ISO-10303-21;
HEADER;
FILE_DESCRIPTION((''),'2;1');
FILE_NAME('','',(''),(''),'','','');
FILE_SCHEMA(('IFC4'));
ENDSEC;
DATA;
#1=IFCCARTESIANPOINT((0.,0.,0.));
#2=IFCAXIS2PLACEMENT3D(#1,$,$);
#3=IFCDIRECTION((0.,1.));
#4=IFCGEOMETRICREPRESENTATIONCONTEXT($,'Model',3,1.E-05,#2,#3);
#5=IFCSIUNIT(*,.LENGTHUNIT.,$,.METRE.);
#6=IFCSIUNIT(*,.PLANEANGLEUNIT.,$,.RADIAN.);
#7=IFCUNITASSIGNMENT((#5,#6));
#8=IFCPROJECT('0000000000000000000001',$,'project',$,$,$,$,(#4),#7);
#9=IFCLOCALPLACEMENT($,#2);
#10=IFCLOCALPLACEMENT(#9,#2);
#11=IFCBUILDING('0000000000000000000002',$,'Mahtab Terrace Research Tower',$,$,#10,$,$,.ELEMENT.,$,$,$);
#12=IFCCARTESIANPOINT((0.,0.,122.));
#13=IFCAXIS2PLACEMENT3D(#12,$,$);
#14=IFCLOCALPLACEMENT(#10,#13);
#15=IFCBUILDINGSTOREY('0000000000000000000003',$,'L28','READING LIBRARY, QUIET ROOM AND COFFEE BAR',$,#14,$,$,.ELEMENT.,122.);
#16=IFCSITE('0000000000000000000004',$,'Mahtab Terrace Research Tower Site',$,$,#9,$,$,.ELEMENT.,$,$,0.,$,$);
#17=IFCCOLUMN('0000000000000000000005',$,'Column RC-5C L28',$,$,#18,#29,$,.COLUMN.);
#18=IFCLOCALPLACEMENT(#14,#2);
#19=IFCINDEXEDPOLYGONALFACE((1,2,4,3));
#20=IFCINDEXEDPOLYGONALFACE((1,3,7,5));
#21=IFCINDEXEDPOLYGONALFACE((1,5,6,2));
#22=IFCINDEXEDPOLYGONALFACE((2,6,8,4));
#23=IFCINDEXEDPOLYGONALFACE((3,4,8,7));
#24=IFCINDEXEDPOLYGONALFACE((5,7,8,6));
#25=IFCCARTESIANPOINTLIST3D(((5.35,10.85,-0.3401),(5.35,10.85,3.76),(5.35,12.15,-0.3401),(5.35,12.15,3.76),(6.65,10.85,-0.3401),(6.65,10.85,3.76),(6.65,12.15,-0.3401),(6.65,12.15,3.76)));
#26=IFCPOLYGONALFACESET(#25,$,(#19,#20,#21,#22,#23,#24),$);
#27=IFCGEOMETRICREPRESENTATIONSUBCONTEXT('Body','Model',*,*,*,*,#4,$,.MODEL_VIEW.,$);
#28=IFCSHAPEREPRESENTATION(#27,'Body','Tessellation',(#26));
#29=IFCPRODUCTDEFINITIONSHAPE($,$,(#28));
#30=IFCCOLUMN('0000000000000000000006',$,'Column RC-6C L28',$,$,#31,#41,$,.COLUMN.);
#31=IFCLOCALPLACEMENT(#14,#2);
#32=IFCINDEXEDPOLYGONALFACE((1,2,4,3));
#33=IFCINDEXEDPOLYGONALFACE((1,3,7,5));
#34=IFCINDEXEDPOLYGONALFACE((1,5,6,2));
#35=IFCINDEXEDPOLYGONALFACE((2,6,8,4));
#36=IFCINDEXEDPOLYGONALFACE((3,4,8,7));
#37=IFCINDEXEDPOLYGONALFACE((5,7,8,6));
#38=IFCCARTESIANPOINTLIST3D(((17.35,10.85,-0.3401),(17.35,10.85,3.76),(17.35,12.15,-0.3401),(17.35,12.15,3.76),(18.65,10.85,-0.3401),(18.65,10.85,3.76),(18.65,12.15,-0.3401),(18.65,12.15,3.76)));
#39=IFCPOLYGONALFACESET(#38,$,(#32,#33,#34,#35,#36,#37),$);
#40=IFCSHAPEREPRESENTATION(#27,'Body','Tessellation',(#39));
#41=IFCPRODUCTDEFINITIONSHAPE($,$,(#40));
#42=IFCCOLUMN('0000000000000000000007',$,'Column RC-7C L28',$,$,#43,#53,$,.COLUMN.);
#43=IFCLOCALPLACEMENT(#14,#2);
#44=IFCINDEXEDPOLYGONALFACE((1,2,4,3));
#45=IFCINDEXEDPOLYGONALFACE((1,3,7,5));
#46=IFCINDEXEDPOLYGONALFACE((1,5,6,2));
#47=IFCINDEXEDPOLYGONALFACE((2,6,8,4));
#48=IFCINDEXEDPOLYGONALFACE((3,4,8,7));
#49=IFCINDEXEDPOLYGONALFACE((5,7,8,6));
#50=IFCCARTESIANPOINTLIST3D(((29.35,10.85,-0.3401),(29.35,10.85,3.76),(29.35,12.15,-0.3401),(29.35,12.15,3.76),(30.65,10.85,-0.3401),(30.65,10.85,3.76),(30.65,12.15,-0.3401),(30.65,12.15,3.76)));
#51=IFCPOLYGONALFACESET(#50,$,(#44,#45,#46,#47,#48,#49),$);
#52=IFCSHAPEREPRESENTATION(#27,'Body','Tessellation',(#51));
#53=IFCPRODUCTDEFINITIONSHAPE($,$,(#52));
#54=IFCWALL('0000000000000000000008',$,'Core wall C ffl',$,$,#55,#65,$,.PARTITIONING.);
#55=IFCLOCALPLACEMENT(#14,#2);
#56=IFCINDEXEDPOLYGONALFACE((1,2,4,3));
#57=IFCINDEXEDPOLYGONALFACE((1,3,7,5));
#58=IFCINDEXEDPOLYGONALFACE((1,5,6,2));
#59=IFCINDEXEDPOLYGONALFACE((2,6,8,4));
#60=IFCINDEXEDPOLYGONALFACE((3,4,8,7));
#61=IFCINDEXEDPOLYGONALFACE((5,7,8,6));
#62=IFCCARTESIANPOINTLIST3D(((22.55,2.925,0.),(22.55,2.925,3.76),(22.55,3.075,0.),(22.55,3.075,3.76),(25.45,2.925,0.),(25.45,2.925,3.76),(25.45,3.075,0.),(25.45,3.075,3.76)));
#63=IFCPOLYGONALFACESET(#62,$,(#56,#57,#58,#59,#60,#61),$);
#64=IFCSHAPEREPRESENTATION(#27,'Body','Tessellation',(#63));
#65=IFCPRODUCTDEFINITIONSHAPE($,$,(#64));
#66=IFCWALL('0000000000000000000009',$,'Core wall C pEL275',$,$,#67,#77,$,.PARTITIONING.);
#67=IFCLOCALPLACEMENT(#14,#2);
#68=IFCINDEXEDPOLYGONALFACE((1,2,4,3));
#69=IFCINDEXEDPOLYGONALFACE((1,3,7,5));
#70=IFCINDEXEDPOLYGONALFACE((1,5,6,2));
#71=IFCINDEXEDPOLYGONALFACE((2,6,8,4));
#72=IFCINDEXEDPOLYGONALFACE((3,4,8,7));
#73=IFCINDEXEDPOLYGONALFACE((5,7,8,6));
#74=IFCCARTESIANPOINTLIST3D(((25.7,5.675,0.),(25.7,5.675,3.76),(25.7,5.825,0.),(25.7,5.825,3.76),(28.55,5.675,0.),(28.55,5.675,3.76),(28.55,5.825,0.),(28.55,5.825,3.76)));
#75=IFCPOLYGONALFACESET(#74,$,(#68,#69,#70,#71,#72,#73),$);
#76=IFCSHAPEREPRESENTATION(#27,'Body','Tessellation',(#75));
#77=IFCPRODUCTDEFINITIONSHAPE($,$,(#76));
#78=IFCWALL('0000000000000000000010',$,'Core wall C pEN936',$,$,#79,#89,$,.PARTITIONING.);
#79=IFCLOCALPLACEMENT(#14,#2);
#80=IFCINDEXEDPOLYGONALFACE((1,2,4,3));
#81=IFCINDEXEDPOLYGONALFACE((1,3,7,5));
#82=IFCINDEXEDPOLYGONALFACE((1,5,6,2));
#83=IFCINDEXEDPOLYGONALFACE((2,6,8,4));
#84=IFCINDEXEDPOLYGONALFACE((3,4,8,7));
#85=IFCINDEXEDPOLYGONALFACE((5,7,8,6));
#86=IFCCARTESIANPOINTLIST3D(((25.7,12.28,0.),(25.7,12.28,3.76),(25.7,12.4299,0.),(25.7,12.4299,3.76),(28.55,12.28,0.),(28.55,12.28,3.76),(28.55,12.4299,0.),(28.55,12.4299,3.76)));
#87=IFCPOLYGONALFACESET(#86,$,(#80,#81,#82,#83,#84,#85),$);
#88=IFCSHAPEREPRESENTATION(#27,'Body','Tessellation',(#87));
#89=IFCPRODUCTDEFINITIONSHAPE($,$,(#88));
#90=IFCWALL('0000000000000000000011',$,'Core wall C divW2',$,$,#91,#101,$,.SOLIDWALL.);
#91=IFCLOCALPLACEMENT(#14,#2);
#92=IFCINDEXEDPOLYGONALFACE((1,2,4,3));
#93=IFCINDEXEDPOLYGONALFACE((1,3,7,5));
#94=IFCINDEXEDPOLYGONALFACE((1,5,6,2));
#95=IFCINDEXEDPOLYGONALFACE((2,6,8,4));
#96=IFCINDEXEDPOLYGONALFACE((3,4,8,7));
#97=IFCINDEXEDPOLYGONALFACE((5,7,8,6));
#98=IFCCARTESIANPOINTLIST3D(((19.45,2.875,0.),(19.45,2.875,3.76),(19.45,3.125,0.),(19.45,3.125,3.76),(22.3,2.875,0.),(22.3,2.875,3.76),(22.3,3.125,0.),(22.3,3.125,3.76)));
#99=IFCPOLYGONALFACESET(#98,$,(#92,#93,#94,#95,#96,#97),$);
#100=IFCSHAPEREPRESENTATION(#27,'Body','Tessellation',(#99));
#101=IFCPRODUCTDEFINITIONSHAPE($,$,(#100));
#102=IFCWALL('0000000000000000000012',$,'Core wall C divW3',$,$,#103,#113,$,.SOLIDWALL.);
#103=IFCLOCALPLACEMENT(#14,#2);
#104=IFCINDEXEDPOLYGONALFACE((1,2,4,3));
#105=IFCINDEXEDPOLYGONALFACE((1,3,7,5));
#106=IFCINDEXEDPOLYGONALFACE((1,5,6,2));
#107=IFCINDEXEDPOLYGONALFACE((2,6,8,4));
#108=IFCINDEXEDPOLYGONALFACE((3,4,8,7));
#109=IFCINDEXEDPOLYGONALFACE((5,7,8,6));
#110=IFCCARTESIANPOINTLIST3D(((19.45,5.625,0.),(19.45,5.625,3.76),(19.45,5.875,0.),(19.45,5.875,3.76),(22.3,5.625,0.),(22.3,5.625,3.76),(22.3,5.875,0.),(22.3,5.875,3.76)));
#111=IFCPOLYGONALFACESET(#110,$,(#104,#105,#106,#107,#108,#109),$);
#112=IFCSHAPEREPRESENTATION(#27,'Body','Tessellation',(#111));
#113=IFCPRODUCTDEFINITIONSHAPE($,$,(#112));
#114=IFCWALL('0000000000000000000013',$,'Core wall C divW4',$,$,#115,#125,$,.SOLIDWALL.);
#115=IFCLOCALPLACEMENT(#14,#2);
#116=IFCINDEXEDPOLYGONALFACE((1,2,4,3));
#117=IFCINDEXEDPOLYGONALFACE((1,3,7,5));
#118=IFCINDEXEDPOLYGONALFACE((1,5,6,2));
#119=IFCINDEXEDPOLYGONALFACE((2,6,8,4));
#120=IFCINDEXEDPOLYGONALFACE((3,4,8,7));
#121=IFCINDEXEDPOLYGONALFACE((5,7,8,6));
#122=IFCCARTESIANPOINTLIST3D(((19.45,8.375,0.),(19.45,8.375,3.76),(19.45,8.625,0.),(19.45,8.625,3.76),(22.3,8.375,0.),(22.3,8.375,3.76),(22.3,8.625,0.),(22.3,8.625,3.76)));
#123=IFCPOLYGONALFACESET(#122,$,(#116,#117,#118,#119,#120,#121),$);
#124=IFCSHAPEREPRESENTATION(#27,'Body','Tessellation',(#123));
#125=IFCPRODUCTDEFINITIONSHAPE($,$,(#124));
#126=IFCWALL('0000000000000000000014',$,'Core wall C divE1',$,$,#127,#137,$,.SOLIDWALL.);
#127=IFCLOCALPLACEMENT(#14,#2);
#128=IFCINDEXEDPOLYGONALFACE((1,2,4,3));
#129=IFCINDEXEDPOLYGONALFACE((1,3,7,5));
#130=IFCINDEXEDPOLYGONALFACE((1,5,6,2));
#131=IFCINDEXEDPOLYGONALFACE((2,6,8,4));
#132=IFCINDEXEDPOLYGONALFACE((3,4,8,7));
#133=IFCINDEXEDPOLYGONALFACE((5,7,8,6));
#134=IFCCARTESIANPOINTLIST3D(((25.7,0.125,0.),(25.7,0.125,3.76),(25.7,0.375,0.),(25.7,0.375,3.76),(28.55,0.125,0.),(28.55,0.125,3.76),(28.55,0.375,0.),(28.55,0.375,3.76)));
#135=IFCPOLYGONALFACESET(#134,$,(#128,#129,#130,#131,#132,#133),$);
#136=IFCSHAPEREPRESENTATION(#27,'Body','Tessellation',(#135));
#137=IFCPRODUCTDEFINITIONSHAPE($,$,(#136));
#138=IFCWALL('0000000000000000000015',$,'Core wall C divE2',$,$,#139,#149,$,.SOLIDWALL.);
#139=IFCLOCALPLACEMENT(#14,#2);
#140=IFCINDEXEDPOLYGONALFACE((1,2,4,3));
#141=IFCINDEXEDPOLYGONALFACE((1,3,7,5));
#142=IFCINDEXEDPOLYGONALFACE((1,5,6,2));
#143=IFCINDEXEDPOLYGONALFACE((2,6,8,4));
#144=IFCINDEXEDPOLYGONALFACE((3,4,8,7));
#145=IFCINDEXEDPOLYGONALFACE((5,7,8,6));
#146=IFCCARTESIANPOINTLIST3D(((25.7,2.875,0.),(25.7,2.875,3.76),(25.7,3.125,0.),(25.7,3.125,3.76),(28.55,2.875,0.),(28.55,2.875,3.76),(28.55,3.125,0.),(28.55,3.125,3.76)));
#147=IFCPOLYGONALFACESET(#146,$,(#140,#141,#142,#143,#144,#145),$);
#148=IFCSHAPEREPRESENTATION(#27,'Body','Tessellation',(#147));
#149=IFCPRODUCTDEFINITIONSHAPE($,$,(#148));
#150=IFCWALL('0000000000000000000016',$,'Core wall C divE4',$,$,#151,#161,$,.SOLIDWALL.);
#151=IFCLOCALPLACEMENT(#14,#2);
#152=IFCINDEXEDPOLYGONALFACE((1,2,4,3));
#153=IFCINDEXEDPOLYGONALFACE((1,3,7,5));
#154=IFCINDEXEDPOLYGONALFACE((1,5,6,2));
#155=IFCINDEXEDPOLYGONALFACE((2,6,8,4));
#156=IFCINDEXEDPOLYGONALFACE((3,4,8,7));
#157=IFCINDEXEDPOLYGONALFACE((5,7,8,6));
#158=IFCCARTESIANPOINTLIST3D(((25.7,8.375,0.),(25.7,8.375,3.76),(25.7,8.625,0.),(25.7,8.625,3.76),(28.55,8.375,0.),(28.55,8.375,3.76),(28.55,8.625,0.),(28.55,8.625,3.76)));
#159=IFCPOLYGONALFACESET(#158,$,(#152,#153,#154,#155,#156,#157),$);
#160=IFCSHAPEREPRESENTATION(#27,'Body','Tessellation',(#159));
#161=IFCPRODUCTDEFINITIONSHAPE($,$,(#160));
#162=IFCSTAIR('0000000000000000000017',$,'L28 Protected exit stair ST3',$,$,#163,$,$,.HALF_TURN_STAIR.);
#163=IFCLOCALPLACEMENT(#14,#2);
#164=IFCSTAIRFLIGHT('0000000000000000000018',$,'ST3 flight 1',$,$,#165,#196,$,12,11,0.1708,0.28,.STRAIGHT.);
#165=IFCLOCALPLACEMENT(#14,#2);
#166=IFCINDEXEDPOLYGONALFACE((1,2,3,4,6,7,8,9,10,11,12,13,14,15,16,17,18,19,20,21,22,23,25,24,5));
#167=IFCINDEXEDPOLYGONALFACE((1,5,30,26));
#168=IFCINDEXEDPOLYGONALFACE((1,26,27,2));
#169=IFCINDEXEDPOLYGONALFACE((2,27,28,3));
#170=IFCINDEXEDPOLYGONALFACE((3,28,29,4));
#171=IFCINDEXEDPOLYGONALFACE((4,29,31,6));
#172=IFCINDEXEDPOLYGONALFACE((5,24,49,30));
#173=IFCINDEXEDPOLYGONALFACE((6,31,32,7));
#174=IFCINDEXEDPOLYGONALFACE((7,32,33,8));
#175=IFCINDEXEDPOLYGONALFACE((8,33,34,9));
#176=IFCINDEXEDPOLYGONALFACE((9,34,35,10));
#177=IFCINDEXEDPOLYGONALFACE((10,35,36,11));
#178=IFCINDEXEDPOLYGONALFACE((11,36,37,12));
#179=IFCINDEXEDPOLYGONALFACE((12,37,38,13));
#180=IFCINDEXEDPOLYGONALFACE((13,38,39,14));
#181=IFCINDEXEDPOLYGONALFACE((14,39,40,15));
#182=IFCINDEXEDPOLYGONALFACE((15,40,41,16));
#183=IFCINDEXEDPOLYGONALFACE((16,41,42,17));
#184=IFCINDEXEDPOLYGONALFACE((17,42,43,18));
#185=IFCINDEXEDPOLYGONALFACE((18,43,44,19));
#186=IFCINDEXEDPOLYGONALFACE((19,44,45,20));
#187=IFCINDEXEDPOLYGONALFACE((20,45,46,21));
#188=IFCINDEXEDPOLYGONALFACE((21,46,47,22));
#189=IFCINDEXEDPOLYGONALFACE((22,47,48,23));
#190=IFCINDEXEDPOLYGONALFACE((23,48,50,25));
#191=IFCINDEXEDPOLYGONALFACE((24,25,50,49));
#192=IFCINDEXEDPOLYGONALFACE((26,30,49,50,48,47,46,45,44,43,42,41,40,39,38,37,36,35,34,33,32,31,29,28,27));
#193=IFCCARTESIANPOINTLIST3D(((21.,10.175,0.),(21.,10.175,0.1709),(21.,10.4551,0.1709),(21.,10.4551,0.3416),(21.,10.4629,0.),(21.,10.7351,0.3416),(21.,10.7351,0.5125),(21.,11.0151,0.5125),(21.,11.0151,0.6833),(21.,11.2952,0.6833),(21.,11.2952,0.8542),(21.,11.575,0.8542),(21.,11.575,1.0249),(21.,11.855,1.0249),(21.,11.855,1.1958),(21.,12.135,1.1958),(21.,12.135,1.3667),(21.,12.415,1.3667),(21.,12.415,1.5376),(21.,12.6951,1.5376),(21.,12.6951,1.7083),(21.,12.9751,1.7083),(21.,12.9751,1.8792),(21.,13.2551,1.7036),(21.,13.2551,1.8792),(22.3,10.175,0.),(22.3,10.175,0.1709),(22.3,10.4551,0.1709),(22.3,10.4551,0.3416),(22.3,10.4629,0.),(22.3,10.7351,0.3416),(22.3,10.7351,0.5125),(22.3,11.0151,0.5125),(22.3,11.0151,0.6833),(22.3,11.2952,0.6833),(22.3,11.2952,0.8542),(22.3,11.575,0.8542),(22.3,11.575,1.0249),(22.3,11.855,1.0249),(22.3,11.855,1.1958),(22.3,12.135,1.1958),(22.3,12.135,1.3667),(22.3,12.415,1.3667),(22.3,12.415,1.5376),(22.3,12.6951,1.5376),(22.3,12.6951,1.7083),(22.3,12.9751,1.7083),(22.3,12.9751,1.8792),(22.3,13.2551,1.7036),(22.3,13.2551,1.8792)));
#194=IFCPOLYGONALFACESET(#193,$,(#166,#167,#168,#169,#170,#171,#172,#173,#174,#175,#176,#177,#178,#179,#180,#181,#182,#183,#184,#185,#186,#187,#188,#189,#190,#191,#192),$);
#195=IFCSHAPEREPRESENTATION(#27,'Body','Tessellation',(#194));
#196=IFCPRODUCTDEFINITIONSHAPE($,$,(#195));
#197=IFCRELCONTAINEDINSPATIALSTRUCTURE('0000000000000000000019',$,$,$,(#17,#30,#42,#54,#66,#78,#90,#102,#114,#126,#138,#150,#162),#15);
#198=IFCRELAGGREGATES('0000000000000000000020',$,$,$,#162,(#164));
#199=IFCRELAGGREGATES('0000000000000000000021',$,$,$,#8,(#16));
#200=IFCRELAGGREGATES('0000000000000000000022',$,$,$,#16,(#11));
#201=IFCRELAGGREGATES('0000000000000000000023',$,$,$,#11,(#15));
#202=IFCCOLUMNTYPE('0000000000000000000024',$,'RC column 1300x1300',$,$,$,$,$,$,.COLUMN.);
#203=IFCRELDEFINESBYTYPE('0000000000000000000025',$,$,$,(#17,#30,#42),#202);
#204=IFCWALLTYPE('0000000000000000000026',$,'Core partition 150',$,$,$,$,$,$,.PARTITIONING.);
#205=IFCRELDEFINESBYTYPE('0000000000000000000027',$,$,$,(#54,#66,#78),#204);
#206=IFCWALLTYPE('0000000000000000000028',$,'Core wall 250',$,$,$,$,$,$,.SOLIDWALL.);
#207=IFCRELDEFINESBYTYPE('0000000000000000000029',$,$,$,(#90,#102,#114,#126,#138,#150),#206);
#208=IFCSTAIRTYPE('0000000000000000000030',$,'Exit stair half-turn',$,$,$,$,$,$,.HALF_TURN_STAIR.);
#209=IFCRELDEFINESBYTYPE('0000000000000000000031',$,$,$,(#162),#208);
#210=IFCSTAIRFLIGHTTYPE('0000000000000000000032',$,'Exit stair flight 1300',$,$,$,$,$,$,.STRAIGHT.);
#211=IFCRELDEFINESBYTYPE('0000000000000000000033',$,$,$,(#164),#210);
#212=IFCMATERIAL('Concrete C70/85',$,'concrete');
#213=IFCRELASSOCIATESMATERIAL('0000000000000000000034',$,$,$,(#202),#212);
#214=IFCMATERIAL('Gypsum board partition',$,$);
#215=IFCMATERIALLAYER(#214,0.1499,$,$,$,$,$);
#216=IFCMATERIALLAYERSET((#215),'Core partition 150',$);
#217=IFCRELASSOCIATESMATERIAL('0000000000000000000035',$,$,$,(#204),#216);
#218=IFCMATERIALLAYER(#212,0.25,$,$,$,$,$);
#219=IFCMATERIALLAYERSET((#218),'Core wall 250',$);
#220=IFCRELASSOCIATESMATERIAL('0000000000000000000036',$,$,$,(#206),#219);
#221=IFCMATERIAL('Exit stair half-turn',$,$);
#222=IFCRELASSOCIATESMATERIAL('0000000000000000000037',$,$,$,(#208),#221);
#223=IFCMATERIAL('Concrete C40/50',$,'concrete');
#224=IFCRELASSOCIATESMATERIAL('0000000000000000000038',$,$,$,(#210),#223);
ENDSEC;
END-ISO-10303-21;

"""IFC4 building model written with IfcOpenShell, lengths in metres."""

from ifc_helpers import new_model, si_unit, direction, frame, frame_2d, origin, origin_2d, place, context, subcontext, project, spatial, polyline, rectangle, outline, extrude, material, layer, layer_set, material_profile, profile_set, type_object, element, aggregate, save


model = new_model("IFC4")

# Units and contexts
model_context = context("Model", 3, precision=1e-05, world=origin(), true_north=direction((0.0, 1.0)))
body_context = subcontext(model_context, "Body", "Model", "MODEL_VIEW")
ifc_project = project(units=[si_unit("LENGTHUNIT", "METRE"), si_unit("PLANEANGLEUNIT", "RADIAN")], contexts=[model_context])

# Site, building, storey
site_placement = place(None, origin())
site = spatial("IfcSite", under=ifc_project, at=site_placement, Name="Mahtab Terrace Research Tower Site", CompositionType="ELEMENT", RefElevation=0.0)
building_placement = place(site_placement, origin())
building = spatial("IfcBuilding", under=site, at=building_placement, Name="Mahtab Terrace Research Tower", CompositionType="ELEMENT")
storey_placement = place(building_placement, frame((0.0, 0.0, 122.0)))
storey = spatial("IfcBuildingStorey", under=building, at=storey_placement, Name="L28", Description="READING LIBRARY, QUIET ROOM AND COFFEE BAR", CompositionType="ELEMENT", Elevation=122.0)

# Columns
ifc_material_1 = material(Name="Concrete C70/85", Category="concrete")
ifc_material_profile = material_profile(ifc_material_1, rectangle(XDim=1.3, YDim=1.3, at=origin_2d()), Name="RC column 1300x1300")
ifc_profile_set = profile_set([ifc_material_profile], Name="Concrete C70/85")
column_type = type_object("IfcColumnType", Name="RC column 1300x1300", PredefinedType="COLUMN", material=ifc_profile_set)
for number, where, z_axis, x_axis, name in (
    (1, (6.0, 11.5, -0.3401), (0.0, 0.0, 1.0), (1.0, 0.0, 0.0), "Column RC-5C L28"),
    (2, (18.0, 11.5, -0.3401), (0.0, 0.0, 1.0), (1.0, 0.0, 0.0), "Column RC-6C L28"),
    (3, (30.0, 11.5, -0.3401), (0.0, 0.0, 1.0), (1.0, 0.0, 0.0), "Column RC-7C L28"),
):
    element("IfcColumn", number, at=place(storey_placement, frame(where, z_axis=z_axis, x_axis=x_axis)), inside=storey, type_object=column_type, Name=name, PredefinedType="COLUMN", context=body_context, shape_type="SweptSolid", body=[
        extrude(rectangle(XDim=1.3, YDim=1.3, at=origin_2d()), origin(), (0.0, 0.0, 1.0), 4.1001),
    ])

# Walls
ifc_material_2 = material(Name="Gypsum board partition")
ifc_layer_1 = layer(ifc_material_2, 0.1499)
ifc_layer_set_1 = layer_set([ifc_layer_1], Name="Core partition 150")
wall_type_1 = type_object("IfcWallType", Name="Core partition 150", PredefinedType="PARTITIONING", material=ifc_layer_set_1)
wall_placement = place(storey_placement, frame((22.55, 3.0, 0.0), z_axis=(0.0, 0.0, 1.0), x_axis=(1.0, 0.0, 0.0)))
element("IfcWall", 4, at=wall_placement, inside=storey, type_object=wall_type_1, Name="Core wall C ffl", PredefinedType="PARTITIONING", context=body_context, shape_type="SweptSolid", body=[
    extrude(rectangle(XDim=2.8999, YDim=0.1499, at=frame_2d((1.45, 0.0))), origin(), (0.0, 0.0, 1.0), 3.76),
])
for number, where, z_axis, x_axis, name in (
    (5, (25.7, 5.75, 0.0), (0.0, 0.0, 1.0), (1.0, 0.0, 0.0), "Core wall C pEL275"),
    (6, (25.7, 12.355, 0.0), (0.0, 0.0, 1.0), (1.0, 0.0, 0.0), "Core wall C pEN936"),
):
    element("IfcWall", number, at=place(storey_placement, frame(where, z_axis=z_axis, x_axis=x_axis)), inside=storey, type_object=wall_type_1, Name=name, PredefinedType="PARTITIONING", context=body_context, shape_type="SweptSolid", body=[
        extrude(rectangle(XDim=2.8501, YDim=0.1499, at=frame_2d((1.425, 0.0))), origin(), (0.0, 0.0, 1.0), 3.76),
    ])
ifc_layer_2 = layer(ifc_material_1, 0.25)
ifc_layer_set_2 = layer_set([ifc_layer_2], Name="Core wall 250")
wall_type_2 = type_object("IfcWallType", Name="Core wall 250", PredefinedType="SOLIDWALL", material=ifc_layer_set_2)
for number, where, z_axis, x_axis, name in (
    (7, (19.45, 3.0, 0.0), (0.0, 0.0, 1.0), (1.0, 0.0, 0.0), "Core wall C divW2"),
    (8, (19.45, 5.75, 0.0), (0.0, 0.0, 1.0), (1.0, 0.0, 0.0), "Core wall C divW3"),
    (9, (19.45, 8.5, 0.0), (0.0, 0.0, 1.0), (1.0, 0.0, 0.0), "Core wall C divW4"),
    (10, (25.7, 0.25, 0.0), (0.0, 0.0, 1.0), (1.0, 0.0, 0.0), "Core wall C divE1"),
    (11, (25.7, 3.0, 0.0), (0.0, 0.0, 1.0), (1.0, 0.0, 0.0), "Core wall C divE2"),
    (12, (25.7, 8.5, 0.0), (0.0, 0.0, 1.0), (1.0, 0.0, 0.0), "Core wall C divE4"),
):
    element("IfcWall", number, at=place(storey_placement, frame(where, z_axis=z_axis, x_axis=x_axis)), inside=storey, type_object=wall_type_2, Name=name, PredefinedType="SOLIDWALL", context=body_context, shape_type="SweptSolid", body=[
        extrude(rectangle(XDim=2.8501, YDim=0.25, at=frame_2d((1.425, 0.0))), origin(), (0.0, 0.0, 1.0), 3.76),
    ])

# Stair, stair flight
ifc_material_3 = material(Name="Exit stair half-turn")
stair_type = type_object("IfcStairType", Name="Exit stair half-turn", PredefinedType="HALF_TURN_STAIR", material=ifc_material_3)
stair_placement = place(storey_placement, origin())
stair = element("IfcStair", 13, at=stair_placement, inside=storey, type_object=stair_type, Name="L28 Protected exit stair ST3", PredefinedType="HALF_TURN_STAIR")
ifc_material_4 = material(Name="Concrete C40/50", Category="concrete")
stair_flight_type = type_object("IfcStairFlightType", Name="Exit stair flight 1300", PredefinedType="STRAIGHT", material=ifc_material_4)
stair_flight_1_placement = place(storey_placement, frame((21.6499, 10.175, 0.0), z_axis=(0.0, 0.0, 1.0), x_axis=(0.0, 1.0, 0.0)))
stair_flight_1 = element("IfcStairFlight", 14, at=stair_flight_1_placement, type_object=stair_flight_type, Name="ST3 flight 1", NumberOfRisers=12, NumberOfTreads=11, PredefinedType="STRAIGHT", RiserHeight=0.1708, TreadLength=0.28, context=body_context, shape_type="SweptSolid", body=[
    extrude(outline(polyline([(0.0, 0.0), (0.0, 0.1709), (0.28, 0.1709), (0.28, 0.3416), (0.5601, 0.3416), (0.5601, 0.5125), (0.8401, 0.5125), (0.8401, 0.6833), (1.1201, 0.6833), (1.1201, 0.8542), (1.3999, 0.8542), (1.3999, 1.0249), (1.6799, 1.0249), (1.6799, 1.1958), (1.96, 1.1958), (1.96, 1.3667), (2.24, 1.3667), (2.24, 1.5376), (2.52, 1.5376), (2.52, 1.7083), (2.8, 1.7083), (2.8, 1.8792), (3.0801, 1.8792), (3.0801, 2.05), (3.0801, 1.7036), (0.2878, 0.0), (0.0, 0.0)])), frame((0.0, 0.6499, 0.0), z_axis=(0.0, -1.0, 0.0), x_axis=(1.0, 0.0, 0.0)), (0.0, 0.0, 1.0), 1.3),
])
aggregate(stair, [stair_flight_1])

save(model, "model.ifc")
